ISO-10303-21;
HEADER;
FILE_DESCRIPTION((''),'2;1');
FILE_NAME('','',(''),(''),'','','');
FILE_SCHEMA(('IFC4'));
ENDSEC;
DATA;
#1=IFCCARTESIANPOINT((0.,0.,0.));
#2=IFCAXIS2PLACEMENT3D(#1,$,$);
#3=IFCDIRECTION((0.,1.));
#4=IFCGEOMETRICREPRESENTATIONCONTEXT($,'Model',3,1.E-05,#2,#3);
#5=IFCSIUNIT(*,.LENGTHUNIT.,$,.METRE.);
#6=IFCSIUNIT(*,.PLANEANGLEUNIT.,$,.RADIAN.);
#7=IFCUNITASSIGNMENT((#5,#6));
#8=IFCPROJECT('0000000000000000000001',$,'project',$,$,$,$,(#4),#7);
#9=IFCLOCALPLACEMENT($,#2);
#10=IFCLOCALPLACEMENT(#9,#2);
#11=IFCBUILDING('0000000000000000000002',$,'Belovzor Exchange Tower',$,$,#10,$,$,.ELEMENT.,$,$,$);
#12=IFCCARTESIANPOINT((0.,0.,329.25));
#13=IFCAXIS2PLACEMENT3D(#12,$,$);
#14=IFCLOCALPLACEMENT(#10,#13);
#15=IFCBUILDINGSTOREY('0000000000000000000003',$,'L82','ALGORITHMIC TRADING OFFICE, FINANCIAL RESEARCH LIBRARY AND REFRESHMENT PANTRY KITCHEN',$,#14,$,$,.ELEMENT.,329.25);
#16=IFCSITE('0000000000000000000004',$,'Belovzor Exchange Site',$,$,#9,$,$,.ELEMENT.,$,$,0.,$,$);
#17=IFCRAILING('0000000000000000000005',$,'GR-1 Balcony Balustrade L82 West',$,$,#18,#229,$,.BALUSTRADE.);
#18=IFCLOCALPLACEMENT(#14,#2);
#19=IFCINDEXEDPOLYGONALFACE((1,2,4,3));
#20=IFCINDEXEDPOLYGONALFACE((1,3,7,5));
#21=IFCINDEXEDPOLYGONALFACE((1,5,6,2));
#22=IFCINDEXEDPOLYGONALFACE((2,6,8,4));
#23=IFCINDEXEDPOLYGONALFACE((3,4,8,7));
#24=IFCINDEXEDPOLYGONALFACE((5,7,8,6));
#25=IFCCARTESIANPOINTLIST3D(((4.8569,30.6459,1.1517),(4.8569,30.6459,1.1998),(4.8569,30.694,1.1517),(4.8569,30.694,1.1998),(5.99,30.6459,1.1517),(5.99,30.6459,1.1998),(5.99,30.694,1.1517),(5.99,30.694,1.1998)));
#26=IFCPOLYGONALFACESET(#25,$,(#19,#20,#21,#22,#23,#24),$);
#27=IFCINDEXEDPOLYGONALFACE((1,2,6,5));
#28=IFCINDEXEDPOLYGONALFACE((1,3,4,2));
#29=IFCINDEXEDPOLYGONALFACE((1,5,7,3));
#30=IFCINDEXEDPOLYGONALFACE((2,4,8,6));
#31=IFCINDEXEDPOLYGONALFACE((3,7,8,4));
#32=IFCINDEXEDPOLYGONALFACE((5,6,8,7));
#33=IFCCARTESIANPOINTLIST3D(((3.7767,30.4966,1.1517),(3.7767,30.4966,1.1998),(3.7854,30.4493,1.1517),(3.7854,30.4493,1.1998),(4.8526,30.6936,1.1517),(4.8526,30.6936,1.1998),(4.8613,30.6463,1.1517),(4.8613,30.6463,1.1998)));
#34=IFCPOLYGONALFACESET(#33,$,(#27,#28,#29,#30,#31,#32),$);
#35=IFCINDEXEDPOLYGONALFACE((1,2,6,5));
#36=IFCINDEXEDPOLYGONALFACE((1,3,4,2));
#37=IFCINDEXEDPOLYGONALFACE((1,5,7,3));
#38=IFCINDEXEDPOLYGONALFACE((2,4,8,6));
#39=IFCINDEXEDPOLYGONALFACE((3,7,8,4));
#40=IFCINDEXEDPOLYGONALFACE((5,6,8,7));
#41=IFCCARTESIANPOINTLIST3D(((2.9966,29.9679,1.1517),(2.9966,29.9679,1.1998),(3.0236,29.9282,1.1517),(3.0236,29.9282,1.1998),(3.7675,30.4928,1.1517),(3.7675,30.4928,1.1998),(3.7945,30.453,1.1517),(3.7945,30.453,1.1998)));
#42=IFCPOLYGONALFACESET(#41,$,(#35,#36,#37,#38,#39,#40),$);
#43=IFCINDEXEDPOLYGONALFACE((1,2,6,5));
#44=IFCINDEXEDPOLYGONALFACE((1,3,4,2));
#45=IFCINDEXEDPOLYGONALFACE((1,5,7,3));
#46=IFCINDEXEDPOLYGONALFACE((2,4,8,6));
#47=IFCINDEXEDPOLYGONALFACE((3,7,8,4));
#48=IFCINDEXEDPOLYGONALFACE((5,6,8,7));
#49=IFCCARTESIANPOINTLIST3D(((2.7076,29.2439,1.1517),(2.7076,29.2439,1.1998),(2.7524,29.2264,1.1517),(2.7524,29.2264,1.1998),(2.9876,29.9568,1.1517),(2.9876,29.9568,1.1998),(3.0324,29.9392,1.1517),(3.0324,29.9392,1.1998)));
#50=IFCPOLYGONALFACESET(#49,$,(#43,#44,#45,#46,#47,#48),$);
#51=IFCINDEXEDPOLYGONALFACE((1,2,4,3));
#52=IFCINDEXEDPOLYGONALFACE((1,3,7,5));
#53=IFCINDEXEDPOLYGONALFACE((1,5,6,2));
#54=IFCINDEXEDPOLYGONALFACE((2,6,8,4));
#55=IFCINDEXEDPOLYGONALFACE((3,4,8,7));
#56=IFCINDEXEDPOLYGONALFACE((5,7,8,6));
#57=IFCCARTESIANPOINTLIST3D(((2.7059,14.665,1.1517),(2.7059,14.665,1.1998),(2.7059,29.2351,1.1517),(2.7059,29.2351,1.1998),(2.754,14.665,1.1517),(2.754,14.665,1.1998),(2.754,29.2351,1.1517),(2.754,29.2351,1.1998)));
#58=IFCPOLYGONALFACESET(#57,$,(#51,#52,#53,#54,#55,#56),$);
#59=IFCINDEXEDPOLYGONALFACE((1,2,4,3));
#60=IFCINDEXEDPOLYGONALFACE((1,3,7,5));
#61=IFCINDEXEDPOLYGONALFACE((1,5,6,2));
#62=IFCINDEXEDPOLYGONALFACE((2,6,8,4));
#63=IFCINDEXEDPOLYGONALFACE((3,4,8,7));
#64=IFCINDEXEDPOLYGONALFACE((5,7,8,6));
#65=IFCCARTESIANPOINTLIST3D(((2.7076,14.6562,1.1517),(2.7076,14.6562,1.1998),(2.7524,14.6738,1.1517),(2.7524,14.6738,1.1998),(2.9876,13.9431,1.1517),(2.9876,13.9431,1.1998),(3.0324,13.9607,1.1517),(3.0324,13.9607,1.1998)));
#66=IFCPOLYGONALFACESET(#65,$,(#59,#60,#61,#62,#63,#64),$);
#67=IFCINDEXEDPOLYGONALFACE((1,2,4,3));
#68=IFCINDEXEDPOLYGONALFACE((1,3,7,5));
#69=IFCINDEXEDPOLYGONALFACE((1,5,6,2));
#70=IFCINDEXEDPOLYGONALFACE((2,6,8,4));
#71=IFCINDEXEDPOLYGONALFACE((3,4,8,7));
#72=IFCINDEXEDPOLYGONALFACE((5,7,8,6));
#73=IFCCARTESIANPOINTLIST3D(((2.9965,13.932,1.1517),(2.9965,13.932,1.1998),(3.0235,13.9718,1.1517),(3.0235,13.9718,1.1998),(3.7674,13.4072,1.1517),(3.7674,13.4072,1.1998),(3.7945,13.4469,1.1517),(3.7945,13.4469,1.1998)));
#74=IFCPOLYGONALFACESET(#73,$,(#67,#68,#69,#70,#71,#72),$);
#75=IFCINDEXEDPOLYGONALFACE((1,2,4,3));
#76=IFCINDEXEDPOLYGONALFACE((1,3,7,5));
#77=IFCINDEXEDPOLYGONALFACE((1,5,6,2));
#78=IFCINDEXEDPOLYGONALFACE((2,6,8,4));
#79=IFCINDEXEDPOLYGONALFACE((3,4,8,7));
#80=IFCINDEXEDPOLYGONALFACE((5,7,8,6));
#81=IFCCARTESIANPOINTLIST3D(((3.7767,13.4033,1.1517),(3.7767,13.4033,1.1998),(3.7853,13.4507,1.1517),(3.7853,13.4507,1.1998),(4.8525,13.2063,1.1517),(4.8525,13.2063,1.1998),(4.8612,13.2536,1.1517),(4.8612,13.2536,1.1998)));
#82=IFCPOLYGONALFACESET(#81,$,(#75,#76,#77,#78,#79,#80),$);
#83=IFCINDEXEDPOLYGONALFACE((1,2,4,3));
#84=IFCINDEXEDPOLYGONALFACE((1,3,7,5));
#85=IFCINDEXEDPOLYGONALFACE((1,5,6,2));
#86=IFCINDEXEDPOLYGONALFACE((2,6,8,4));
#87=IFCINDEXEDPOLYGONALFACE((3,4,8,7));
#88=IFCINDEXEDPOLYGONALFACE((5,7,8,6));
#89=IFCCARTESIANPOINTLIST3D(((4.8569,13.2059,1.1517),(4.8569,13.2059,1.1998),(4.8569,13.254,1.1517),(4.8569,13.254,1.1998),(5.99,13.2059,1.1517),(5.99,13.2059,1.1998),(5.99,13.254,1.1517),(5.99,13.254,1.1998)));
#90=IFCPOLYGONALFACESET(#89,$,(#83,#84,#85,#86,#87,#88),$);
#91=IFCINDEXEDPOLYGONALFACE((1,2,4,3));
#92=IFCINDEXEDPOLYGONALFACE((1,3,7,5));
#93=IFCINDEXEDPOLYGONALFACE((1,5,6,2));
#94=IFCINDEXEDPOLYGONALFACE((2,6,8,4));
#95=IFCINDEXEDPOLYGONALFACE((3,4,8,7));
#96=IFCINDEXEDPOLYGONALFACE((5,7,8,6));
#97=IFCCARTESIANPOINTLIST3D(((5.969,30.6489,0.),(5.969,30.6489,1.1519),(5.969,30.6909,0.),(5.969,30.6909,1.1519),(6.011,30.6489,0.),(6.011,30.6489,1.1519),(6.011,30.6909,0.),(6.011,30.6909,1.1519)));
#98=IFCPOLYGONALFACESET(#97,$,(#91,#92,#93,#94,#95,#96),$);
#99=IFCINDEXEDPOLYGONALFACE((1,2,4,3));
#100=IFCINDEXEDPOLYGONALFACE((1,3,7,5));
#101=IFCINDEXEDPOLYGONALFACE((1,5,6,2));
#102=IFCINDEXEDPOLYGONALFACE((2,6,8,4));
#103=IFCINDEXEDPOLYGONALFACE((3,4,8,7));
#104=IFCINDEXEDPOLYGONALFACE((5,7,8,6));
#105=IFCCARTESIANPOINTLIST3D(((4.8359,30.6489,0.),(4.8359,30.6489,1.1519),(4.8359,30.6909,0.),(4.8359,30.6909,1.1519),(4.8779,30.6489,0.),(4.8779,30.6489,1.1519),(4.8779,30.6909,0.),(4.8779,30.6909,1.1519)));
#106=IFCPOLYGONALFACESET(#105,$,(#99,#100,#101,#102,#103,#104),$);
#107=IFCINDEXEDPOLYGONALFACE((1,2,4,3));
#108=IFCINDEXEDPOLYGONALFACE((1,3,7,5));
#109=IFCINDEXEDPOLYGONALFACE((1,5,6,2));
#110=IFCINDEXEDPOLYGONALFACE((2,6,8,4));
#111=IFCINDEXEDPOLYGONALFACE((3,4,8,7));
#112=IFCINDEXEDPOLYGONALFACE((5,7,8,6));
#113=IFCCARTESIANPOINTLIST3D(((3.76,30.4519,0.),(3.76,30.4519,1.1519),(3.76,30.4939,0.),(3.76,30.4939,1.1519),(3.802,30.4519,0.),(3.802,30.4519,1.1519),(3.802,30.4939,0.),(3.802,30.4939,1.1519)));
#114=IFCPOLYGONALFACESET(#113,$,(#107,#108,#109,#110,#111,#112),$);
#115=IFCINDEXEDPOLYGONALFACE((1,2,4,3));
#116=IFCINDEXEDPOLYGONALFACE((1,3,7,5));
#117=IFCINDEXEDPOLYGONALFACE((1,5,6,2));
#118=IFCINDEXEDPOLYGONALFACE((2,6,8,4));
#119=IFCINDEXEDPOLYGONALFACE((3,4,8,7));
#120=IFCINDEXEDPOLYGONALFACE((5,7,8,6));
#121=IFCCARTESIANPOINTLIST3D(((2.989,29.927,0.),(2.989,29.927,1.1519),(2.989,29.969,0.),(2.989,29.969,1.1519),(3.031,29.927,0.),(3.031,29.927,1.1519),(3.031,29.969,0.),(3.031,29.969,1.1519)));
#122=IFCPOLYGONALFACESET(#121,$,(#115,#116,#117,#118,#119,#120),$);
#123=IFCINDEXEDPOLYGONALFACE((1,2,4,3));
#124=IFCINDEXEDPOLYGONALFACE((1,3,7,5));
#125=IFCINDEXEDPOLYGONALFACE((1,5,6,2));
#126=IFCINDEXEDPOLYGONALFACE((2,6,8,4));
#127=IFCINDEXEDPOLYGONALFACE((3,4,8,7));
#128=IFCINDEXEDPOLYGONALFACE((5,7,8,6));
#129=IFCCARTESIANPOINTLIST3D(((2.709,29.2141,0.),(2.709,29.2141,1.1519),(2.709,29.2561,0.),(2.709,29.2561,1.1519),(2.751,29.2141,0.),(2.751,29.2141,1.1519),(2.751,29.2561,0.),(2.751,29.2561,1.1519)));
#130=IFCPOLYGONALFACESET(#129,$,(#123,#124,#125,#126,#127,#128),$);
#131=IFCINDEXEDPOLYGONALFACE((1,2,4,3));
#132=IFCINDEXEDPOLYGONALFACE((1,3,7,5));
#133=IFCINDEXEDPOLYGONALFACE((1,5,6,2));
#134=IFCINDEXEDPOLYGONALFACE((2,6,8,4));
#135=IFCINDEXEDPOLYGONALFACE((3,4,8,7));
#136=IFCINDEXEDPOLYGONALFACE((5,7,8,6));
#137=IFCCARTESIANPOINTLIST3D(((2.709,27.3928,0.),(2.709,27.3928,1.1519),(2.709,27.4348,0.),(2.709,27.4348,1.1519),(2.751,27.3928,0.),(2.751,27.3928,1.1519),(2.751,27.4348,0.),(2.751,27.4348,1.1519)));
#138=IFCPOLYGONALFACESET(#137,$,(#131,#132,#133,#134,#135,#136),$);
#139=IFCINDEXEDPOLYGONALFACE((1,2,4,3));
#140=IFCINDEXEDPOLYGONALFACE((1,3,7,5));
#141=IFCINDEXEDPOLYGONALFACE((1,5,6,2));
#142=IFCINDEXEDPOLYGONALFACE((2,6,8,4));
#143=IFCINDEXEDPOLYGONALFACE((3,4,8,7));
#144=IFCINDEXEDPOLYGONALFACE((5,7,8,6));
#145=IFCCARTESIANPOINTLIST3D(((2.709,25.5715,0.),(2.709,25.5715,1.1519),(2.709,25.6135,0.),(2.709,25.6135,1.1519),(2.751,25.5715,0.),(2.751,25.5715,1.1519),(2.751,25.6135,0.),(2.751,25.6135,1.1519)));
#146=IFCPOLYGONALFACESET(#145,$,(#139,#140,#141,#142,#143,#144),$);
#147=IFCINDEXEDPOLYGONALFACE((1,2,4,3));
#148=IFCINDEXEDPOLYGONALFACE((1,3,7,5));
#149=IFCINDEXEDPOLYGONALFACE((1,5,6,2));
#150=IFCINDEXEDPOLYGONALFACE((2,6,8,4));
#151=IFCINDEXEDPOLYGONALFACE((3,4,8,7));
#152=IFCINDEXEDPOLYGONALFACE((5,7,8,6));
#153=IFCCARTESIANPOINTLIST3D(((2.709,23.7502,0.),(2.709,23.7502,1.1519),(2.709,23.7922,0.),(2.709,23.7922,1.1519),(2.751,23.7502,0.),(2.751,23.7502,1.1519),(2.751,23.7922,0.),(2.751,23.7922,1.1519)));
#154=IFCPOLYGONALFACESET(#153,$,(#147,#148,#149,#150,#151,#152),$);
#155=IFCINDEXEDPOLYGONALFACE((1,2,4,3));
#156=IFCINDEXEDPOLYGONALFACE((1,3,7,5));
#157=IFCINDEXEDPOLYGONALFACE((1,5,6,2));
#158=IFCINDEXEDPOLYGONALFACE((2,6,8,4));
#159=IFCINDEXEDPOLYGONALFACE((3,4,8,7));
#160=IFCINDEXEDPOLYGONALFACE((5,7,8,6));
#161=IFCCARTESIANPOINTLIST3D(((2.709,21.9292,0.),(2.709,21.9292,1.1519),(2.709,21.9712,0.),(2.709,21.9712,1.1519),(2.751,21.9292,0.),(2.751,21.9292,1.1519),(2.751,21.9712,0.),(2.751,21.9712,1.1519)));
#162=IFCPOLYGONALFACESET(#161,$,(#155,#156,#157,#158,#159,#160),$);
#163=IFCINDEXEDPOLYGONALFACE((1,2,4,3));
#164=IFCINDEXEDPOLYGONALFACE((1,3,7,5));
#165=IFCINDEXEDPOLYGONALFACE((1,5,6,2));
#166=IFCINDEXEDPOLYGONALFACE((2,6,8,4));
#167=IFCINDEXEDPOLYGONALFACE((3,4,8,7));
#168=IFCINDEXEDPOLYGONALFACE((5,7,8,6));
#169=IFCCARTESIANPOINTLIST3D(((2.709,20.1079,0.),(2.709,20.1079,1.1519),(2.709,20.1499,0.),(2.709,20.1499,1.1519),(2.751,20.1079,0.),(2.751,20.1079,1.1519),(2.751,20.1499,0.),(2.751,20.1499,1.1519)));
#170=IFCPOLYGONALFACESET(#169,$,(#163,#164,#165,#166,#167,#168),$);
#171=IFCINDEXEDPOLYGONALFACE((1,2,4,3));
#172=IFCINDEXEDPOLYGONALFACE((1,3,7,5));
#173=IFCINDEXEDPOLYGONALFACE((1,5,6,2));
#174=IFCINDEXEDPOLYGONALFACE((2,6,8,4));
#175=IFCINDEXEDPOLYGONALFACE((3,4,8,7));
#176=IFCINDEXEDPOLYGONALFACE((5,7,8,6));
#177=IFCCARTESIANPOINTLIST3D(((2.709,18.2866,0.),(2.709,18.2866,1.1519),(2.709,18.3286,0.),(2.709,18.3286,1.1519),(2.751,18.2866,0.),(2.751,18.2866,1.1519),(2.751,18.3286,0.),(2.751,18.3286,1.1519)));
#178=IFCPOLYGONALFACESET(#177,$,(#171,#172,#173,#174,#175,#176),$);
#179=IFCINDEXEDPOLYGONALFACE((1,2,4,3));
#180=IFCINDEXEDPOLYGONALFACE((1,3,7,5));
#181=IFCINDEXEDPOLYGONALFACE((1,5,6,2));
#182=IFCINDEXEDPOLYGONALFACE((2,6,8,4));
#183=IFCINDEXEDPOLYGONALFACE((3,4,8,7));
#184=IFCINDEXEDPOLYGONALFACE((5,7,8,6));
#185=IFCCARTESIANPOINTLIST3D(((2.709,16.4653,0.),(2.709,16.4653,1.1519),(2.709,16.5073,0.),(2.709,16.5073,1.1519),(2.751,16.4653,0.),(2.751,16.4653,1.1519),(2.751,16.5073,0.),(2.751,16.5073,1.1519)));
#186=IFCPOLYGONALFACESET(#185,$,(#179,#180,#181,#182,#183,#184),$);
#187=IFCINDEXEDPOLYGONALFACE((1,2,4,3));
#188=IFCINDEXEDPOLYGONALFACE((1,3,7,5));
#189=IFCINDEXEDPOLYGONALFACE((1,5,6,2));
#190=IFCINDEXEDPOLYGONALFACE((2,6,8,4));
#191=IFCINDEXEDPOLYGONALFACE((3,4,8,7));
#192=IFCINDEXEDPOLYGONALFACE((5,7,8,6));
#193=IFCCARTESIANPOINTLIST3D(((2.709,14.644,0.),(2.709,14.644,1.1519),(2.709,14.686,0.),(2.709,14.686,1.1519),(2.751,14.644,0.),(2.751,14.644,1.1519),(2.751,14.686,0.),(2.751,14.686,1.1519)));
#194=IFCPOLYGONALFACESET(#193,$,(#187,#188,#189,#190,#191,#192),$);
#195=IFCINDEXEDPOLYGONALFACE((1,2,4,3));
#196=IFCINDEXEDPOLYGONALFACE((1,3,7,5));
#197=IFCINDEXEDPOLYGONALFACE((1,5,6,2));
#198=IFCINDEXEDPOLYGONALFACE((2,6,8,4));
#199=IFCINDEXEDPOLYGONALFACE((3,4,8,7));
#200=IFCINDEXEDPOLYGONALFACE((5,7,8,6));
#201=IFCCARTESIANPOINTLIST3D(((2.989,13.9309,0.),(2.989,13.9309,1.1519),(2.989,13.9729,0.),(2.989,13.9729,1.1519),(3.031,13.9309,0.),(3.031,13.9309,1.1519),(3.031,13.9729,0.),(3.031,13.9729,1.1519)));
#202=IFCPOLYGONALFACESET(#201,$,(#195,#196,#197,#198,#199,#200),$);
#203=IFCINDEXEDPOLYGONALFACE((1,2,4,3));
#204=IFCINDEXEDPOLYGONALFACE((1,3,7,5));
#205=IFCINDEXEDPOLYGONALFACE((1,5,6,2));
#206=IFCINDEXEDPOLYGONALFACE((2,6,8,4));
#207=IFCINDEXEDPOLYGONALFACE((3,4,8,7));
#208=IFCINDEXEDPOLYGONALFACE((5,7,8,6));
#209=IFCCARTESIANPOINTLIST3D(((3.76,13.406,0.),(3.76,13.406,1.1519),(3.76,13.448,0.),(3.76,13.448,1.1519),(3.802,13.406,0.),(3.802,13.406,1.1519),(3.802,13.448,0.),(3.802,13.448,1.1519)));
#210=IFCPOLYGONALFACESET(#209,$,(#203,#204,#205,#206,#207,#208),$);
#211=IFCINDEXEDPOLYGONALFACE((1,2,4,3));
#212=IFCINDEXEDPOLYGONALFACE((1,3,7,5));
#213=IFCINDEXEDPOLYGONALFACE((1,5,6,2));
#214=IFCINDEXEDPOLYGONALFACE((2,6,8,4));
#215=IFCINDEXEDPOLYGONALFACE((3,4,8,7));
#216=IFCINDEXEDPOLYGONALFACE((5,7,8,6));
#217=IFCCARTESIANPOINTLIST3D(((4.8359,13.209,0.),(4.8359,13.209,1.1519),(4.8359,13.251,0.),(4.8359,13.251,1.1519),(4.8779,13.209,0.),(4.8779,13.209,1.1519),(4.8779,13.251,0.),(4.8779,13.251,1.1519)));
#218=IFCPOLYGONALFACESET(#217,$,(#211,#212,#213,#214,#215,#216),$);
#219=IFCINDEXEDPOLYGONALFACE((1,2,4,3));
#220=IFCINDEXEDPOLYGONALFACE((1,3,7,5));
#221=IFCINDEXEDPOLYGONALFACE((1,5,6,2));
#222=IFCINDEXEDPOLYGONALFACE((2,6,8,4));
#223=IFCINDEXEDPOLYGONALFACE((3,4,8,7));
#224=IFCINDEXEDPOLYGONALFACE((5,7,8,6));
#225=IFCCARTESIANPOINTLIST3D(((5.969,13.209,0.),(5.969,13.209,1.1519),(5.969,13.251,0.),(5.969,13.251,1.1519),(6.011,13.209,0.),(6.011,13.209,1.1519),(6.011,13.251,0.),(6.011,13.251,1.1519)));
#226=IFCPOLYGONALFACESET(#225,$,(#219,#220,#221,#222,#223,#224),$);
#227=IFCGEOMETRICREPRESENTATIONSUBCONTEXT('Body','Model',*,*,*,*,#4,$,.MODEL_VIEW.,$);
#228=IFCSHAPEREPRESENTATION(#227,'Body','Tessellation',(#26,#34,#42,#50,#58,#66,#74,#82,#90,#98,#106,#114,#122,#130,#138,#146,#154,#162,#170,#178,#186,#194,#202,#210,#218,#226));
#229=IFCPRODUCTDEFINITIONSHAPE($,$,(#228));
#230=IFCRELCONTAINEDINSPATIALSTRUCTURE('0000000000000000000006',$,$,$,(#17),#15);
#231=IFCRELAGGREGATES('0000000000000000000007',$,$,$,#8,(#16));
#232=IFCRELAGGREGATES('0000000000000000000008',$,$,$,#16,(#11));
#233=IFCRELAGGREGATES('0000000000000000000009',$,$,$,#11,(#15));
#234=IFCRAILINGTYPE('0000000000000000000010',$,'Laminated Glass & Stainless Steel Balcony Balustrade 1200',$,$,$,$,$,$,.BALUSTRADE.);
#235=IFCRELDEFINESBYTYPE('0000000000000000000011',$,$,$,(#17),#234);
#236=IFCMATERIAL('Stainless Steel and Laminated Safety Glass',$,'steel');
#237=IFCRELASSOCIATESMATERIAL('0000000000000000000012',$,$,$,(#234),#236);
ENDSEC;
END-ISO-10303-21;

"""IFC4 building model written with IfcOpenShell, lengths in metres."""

from ifc_helpers import new_model, si_unit, direction, frame, origin, origin_2d, place, context, subcontext, project, spatial, rectangle, extrude, material, type_object, element, save


model = new_model("IFC4")

# Units and contexts
model_context = context("Model", 3, precision=1e-05, world=origin(), true_north=direction((0.0, 1.0)))
body_context = subcontext(model_context, "Body", "Model", "MODEL_VIEW")
ifc_project = project(units=[si_unit("LENGTHUNIT", "METRE"), si_unit("PLANEANGLEUNIT", "RADIAN")], contexts=[model_context])

# Site, building, storey
site_placement = place(None, origin())
site = spatial("IfcSite", under=ifc_project, at=site_placement, Name="Belovzor Exchange Site", CompositionType="ELEMENT", RefElevation=0.0)
building_placement = place(site_placement, origin())
building = spatial("IfcBuilding", under=site, at=building_placement, Name="Belovzor Exchange Tower", CompositionType="ELEMENT")
storey_placement = place(building_placement, frame((0.0, 0.0, 329.25)))
storey = spatial("IfcBuildingStorey", under=building, at=storey_placement, Name="L82", Description="ALGORITHMIC TRADING OFFICE, FINANCIAL RESEARCH LIBRARY AND REFRESHMENT PANTRY KITCHEN", CompositionType="ELEMENT", Elevation=329.25)

# Railing
ifc_material_1 = material(Name="Stainless Steel and Laminated Safety Glass", Category="steel")
railing_type = type_object("IfcRailingType", Name="Laminated Glass & Stainless Steel Balcony Balustrade 1200", PredefinedType="BALUSTRADE", material=ifc_material_1)
railing_placement = place(storey_placement, frame((5.99, 30.6699, 0.0)))
element("IfcRailing", 1, at=railing_placement, inside=storey, type_object=railing_type, Name="GR-1 Balcony Balustrade L82 West", PredefinedType="BALUSTRADE", context=body_context, shape_type="SweptSolid", body=[
    extrude(rectangle(XDim=0.0481, YDim=0.0481, at=origin_2d()), frame((0.0, 0.0, 1.1758), z_axis=(-1.0, 0.0, 0.0), x_axis=(0.0, -1.0, 0.0)), (0.0, 0.0, 1.0), 1.1331),
    extrude(rectangle(XDim=0.0481, YDim=0.0481, at=origin_2d()), frame((-1.1331, 0.0, 1.1758), z_axis=(-0.983644, -0.180123, 0.0), x_axis=(0.180123, -0.983644, 0.0)), (0.0, 0.0, 1.0), 1.0938),
    extrude(rectangle(XDim=0.0481, YDim=0.0481, at=origin_2d()), frame((-2.209, -0.197, 1.1758), z_axis=(-0.826615, -0.562768, 0.0), x_axis=(0.562768, -0.826615, 0.0)), (0.0, 0.0, 1.0), 0.9326),
    extrude(rectangle(XDim=0.0481, YDim=0.0481, at=origin_2d()), frame((-2.98, -0.7219, 1.1758), z_axis=(-0.365613, -0.930767, 0.0), x_axis=(0.930767, -0.365613, 0.0)), (0.0, 0.0, 1.0), 0.7659),
    extrude(rectangle(XDim=0.0481, YDim=0.0481, at=origin_2d()), frame((-3.26, -1.4348, 1.1758), z_axis=(0.0, -1.0, 0.0), x_axis=(1.0, 0.0, 0.0)), (0.0, 0.0, 1.0), 14.5701),
    extrude(rectangle(XDim=0.0481, YDim=0.0481, at=origin_2d()), frame((-3.26, -16.0049, 1.1758), z_axis=(0.365504, -0.93081, 0.0), x_axis=(0.93081, 0.365504, 0.0)), (0.0, 0.0, 1.0), 0.7661),
    extrude(rectangle(XDim=0.0481, YDim=0.0481, at=origin_2d()), frame((-2.98, -16.718, 1.1758), z_axis=(0.826615, -0.562768, 0.0), x_axis=(0.562768, 0.826615, 0.0)), (0.0, 0.0, 1.0), 0.9326),
    extrude(rectangle(XDim=0.0481, YDim=0.0481, at=origin_2d()), frame((-2.209, -17.2429, 1.1758), z_axis=(0.983644, -0.180123, 0.0), x_axis=(0.180123, 0.983644, 0.0)), (0.0, 0.0, 1.0), 1.0938),
    extrude(rectangle(XDim=0.0481, YDim=0.0481, at=origin_2d()), frame((-1.1331, -17.4399, 1.1758), z_axis=(1.0, 0.0, 0.0), x_axis=(0.0, 1.0, 0.0)), (0.0, 0.0, 1.0), 1.1331),
    extrude(rectangle(XDim=0.042, YDim=0.042, at=origin_2d()), origin(), (0.0, 0.0, 1.0), 1.1519),
    extrude(rectangle(XDim=0.042, YDim=0.042, at=origin_2d()), frame((-1.1331, 0.0, 0.0)), (0.0, 0.0, 1.0), 1.1519),
    extrude(rectangle(XDim=0.042, YDim=0.042, at=origin_2d()), frame((-2.209, -0.197, 0.0)), (0.0, 0.0, 1.0), 1.1519),
    extrude(rectangle(XDim=0.042, YDim=0.042, at=origin_2d()), frame((-2.98, -0.7219, 0.0)), (0.0, 0.0, 1.0), 1.1519),
    extrude(rectangle(XDim=0.042, YDim=0.042, at=origin_2d()), frame((-3.26, -1.4348, 0.0)), (0.0, 0.0, 1.0), 1.1519),
    extrude(rectangle(XDim=0.042, YDim=0.042, at=origin_2d()), frame((-3.26, -3.2561, 0.0)), (0.0, 0.0, 1.0), 1.1519),
    extrude(rectangle(XDim=0.042, YDim=0.042, at=origin_2d()), frame((-3.26, -5.0774, 0.0)), (0.0, 0.0, 1.0), 1.1519),
    extrude(rectangle(XDim=0.042, YDim=0.042, at=origin_2d()), frame((-3.26, -6.8987, 0.0)), (0.0, 0.0, 1.0), 1.1519),
    extrude(rectangle(XDim=0.042, YDim=0.042, at=origin_2d()), frame((-3.26, -8.7197, 0.0)), (0.0, 0.0, 1.0), 1.1519),
    extrude(rectangle(XDim=0.042, YDim=0.042, at=origin_2d()), frame((-3.26, -10.541, 0.0)), (0.0, 0.0, 1.0), 1.1519),
    extrude(rectangle(XDim=0.042, YDim=0.042, at=origin_2d()), frame((-3.26, -12.3623, 0.0)), (0.0, 0.0, 1.0), 1.1519),
    extrude(rectangle(XDim=0.042, YDim=0.042, at=origin_2d()), frame((-3.26, -14.1836, 0.0)), (0.0, 0.0, 1.0), 1.1519),
    extrude(rectangle(XDim=0.042, YDim=0.042, at=origin_2d()), frame((-3.26, -16.0049, 0.0)), (0.0, 0.0, 1.0), 1.1519),
    extrude(rectangle(XDim=0.042, YDim=0.042, at=origin_2d()), frame((-2.98, -16.718, 0.0)), (0.0, 0.0, 1.0), 1.1519),
    extrude(rectangle(XDim=0.042, YDim=0.042, at=origin_2d()), frame((-2.209, -17.2429, 0.0)), (0.0, 0.0, 1.0), 1.1519),
    extrude(rectangle(XDim=0.042, YDim=0.042, at=origin_2d()), frame((-1.1331, -17.4399, 0.0)), (0.0, 0.0, 1.0), 1.1519),
    extrude(rectangle(XDim=0.042, YDim=0.042, at=origin_2d()), frame((0.0, -17.4399, 0.0)), (0.0, 0.0, 1.0), 1.1519),
])

save(model, "model.ifc")
